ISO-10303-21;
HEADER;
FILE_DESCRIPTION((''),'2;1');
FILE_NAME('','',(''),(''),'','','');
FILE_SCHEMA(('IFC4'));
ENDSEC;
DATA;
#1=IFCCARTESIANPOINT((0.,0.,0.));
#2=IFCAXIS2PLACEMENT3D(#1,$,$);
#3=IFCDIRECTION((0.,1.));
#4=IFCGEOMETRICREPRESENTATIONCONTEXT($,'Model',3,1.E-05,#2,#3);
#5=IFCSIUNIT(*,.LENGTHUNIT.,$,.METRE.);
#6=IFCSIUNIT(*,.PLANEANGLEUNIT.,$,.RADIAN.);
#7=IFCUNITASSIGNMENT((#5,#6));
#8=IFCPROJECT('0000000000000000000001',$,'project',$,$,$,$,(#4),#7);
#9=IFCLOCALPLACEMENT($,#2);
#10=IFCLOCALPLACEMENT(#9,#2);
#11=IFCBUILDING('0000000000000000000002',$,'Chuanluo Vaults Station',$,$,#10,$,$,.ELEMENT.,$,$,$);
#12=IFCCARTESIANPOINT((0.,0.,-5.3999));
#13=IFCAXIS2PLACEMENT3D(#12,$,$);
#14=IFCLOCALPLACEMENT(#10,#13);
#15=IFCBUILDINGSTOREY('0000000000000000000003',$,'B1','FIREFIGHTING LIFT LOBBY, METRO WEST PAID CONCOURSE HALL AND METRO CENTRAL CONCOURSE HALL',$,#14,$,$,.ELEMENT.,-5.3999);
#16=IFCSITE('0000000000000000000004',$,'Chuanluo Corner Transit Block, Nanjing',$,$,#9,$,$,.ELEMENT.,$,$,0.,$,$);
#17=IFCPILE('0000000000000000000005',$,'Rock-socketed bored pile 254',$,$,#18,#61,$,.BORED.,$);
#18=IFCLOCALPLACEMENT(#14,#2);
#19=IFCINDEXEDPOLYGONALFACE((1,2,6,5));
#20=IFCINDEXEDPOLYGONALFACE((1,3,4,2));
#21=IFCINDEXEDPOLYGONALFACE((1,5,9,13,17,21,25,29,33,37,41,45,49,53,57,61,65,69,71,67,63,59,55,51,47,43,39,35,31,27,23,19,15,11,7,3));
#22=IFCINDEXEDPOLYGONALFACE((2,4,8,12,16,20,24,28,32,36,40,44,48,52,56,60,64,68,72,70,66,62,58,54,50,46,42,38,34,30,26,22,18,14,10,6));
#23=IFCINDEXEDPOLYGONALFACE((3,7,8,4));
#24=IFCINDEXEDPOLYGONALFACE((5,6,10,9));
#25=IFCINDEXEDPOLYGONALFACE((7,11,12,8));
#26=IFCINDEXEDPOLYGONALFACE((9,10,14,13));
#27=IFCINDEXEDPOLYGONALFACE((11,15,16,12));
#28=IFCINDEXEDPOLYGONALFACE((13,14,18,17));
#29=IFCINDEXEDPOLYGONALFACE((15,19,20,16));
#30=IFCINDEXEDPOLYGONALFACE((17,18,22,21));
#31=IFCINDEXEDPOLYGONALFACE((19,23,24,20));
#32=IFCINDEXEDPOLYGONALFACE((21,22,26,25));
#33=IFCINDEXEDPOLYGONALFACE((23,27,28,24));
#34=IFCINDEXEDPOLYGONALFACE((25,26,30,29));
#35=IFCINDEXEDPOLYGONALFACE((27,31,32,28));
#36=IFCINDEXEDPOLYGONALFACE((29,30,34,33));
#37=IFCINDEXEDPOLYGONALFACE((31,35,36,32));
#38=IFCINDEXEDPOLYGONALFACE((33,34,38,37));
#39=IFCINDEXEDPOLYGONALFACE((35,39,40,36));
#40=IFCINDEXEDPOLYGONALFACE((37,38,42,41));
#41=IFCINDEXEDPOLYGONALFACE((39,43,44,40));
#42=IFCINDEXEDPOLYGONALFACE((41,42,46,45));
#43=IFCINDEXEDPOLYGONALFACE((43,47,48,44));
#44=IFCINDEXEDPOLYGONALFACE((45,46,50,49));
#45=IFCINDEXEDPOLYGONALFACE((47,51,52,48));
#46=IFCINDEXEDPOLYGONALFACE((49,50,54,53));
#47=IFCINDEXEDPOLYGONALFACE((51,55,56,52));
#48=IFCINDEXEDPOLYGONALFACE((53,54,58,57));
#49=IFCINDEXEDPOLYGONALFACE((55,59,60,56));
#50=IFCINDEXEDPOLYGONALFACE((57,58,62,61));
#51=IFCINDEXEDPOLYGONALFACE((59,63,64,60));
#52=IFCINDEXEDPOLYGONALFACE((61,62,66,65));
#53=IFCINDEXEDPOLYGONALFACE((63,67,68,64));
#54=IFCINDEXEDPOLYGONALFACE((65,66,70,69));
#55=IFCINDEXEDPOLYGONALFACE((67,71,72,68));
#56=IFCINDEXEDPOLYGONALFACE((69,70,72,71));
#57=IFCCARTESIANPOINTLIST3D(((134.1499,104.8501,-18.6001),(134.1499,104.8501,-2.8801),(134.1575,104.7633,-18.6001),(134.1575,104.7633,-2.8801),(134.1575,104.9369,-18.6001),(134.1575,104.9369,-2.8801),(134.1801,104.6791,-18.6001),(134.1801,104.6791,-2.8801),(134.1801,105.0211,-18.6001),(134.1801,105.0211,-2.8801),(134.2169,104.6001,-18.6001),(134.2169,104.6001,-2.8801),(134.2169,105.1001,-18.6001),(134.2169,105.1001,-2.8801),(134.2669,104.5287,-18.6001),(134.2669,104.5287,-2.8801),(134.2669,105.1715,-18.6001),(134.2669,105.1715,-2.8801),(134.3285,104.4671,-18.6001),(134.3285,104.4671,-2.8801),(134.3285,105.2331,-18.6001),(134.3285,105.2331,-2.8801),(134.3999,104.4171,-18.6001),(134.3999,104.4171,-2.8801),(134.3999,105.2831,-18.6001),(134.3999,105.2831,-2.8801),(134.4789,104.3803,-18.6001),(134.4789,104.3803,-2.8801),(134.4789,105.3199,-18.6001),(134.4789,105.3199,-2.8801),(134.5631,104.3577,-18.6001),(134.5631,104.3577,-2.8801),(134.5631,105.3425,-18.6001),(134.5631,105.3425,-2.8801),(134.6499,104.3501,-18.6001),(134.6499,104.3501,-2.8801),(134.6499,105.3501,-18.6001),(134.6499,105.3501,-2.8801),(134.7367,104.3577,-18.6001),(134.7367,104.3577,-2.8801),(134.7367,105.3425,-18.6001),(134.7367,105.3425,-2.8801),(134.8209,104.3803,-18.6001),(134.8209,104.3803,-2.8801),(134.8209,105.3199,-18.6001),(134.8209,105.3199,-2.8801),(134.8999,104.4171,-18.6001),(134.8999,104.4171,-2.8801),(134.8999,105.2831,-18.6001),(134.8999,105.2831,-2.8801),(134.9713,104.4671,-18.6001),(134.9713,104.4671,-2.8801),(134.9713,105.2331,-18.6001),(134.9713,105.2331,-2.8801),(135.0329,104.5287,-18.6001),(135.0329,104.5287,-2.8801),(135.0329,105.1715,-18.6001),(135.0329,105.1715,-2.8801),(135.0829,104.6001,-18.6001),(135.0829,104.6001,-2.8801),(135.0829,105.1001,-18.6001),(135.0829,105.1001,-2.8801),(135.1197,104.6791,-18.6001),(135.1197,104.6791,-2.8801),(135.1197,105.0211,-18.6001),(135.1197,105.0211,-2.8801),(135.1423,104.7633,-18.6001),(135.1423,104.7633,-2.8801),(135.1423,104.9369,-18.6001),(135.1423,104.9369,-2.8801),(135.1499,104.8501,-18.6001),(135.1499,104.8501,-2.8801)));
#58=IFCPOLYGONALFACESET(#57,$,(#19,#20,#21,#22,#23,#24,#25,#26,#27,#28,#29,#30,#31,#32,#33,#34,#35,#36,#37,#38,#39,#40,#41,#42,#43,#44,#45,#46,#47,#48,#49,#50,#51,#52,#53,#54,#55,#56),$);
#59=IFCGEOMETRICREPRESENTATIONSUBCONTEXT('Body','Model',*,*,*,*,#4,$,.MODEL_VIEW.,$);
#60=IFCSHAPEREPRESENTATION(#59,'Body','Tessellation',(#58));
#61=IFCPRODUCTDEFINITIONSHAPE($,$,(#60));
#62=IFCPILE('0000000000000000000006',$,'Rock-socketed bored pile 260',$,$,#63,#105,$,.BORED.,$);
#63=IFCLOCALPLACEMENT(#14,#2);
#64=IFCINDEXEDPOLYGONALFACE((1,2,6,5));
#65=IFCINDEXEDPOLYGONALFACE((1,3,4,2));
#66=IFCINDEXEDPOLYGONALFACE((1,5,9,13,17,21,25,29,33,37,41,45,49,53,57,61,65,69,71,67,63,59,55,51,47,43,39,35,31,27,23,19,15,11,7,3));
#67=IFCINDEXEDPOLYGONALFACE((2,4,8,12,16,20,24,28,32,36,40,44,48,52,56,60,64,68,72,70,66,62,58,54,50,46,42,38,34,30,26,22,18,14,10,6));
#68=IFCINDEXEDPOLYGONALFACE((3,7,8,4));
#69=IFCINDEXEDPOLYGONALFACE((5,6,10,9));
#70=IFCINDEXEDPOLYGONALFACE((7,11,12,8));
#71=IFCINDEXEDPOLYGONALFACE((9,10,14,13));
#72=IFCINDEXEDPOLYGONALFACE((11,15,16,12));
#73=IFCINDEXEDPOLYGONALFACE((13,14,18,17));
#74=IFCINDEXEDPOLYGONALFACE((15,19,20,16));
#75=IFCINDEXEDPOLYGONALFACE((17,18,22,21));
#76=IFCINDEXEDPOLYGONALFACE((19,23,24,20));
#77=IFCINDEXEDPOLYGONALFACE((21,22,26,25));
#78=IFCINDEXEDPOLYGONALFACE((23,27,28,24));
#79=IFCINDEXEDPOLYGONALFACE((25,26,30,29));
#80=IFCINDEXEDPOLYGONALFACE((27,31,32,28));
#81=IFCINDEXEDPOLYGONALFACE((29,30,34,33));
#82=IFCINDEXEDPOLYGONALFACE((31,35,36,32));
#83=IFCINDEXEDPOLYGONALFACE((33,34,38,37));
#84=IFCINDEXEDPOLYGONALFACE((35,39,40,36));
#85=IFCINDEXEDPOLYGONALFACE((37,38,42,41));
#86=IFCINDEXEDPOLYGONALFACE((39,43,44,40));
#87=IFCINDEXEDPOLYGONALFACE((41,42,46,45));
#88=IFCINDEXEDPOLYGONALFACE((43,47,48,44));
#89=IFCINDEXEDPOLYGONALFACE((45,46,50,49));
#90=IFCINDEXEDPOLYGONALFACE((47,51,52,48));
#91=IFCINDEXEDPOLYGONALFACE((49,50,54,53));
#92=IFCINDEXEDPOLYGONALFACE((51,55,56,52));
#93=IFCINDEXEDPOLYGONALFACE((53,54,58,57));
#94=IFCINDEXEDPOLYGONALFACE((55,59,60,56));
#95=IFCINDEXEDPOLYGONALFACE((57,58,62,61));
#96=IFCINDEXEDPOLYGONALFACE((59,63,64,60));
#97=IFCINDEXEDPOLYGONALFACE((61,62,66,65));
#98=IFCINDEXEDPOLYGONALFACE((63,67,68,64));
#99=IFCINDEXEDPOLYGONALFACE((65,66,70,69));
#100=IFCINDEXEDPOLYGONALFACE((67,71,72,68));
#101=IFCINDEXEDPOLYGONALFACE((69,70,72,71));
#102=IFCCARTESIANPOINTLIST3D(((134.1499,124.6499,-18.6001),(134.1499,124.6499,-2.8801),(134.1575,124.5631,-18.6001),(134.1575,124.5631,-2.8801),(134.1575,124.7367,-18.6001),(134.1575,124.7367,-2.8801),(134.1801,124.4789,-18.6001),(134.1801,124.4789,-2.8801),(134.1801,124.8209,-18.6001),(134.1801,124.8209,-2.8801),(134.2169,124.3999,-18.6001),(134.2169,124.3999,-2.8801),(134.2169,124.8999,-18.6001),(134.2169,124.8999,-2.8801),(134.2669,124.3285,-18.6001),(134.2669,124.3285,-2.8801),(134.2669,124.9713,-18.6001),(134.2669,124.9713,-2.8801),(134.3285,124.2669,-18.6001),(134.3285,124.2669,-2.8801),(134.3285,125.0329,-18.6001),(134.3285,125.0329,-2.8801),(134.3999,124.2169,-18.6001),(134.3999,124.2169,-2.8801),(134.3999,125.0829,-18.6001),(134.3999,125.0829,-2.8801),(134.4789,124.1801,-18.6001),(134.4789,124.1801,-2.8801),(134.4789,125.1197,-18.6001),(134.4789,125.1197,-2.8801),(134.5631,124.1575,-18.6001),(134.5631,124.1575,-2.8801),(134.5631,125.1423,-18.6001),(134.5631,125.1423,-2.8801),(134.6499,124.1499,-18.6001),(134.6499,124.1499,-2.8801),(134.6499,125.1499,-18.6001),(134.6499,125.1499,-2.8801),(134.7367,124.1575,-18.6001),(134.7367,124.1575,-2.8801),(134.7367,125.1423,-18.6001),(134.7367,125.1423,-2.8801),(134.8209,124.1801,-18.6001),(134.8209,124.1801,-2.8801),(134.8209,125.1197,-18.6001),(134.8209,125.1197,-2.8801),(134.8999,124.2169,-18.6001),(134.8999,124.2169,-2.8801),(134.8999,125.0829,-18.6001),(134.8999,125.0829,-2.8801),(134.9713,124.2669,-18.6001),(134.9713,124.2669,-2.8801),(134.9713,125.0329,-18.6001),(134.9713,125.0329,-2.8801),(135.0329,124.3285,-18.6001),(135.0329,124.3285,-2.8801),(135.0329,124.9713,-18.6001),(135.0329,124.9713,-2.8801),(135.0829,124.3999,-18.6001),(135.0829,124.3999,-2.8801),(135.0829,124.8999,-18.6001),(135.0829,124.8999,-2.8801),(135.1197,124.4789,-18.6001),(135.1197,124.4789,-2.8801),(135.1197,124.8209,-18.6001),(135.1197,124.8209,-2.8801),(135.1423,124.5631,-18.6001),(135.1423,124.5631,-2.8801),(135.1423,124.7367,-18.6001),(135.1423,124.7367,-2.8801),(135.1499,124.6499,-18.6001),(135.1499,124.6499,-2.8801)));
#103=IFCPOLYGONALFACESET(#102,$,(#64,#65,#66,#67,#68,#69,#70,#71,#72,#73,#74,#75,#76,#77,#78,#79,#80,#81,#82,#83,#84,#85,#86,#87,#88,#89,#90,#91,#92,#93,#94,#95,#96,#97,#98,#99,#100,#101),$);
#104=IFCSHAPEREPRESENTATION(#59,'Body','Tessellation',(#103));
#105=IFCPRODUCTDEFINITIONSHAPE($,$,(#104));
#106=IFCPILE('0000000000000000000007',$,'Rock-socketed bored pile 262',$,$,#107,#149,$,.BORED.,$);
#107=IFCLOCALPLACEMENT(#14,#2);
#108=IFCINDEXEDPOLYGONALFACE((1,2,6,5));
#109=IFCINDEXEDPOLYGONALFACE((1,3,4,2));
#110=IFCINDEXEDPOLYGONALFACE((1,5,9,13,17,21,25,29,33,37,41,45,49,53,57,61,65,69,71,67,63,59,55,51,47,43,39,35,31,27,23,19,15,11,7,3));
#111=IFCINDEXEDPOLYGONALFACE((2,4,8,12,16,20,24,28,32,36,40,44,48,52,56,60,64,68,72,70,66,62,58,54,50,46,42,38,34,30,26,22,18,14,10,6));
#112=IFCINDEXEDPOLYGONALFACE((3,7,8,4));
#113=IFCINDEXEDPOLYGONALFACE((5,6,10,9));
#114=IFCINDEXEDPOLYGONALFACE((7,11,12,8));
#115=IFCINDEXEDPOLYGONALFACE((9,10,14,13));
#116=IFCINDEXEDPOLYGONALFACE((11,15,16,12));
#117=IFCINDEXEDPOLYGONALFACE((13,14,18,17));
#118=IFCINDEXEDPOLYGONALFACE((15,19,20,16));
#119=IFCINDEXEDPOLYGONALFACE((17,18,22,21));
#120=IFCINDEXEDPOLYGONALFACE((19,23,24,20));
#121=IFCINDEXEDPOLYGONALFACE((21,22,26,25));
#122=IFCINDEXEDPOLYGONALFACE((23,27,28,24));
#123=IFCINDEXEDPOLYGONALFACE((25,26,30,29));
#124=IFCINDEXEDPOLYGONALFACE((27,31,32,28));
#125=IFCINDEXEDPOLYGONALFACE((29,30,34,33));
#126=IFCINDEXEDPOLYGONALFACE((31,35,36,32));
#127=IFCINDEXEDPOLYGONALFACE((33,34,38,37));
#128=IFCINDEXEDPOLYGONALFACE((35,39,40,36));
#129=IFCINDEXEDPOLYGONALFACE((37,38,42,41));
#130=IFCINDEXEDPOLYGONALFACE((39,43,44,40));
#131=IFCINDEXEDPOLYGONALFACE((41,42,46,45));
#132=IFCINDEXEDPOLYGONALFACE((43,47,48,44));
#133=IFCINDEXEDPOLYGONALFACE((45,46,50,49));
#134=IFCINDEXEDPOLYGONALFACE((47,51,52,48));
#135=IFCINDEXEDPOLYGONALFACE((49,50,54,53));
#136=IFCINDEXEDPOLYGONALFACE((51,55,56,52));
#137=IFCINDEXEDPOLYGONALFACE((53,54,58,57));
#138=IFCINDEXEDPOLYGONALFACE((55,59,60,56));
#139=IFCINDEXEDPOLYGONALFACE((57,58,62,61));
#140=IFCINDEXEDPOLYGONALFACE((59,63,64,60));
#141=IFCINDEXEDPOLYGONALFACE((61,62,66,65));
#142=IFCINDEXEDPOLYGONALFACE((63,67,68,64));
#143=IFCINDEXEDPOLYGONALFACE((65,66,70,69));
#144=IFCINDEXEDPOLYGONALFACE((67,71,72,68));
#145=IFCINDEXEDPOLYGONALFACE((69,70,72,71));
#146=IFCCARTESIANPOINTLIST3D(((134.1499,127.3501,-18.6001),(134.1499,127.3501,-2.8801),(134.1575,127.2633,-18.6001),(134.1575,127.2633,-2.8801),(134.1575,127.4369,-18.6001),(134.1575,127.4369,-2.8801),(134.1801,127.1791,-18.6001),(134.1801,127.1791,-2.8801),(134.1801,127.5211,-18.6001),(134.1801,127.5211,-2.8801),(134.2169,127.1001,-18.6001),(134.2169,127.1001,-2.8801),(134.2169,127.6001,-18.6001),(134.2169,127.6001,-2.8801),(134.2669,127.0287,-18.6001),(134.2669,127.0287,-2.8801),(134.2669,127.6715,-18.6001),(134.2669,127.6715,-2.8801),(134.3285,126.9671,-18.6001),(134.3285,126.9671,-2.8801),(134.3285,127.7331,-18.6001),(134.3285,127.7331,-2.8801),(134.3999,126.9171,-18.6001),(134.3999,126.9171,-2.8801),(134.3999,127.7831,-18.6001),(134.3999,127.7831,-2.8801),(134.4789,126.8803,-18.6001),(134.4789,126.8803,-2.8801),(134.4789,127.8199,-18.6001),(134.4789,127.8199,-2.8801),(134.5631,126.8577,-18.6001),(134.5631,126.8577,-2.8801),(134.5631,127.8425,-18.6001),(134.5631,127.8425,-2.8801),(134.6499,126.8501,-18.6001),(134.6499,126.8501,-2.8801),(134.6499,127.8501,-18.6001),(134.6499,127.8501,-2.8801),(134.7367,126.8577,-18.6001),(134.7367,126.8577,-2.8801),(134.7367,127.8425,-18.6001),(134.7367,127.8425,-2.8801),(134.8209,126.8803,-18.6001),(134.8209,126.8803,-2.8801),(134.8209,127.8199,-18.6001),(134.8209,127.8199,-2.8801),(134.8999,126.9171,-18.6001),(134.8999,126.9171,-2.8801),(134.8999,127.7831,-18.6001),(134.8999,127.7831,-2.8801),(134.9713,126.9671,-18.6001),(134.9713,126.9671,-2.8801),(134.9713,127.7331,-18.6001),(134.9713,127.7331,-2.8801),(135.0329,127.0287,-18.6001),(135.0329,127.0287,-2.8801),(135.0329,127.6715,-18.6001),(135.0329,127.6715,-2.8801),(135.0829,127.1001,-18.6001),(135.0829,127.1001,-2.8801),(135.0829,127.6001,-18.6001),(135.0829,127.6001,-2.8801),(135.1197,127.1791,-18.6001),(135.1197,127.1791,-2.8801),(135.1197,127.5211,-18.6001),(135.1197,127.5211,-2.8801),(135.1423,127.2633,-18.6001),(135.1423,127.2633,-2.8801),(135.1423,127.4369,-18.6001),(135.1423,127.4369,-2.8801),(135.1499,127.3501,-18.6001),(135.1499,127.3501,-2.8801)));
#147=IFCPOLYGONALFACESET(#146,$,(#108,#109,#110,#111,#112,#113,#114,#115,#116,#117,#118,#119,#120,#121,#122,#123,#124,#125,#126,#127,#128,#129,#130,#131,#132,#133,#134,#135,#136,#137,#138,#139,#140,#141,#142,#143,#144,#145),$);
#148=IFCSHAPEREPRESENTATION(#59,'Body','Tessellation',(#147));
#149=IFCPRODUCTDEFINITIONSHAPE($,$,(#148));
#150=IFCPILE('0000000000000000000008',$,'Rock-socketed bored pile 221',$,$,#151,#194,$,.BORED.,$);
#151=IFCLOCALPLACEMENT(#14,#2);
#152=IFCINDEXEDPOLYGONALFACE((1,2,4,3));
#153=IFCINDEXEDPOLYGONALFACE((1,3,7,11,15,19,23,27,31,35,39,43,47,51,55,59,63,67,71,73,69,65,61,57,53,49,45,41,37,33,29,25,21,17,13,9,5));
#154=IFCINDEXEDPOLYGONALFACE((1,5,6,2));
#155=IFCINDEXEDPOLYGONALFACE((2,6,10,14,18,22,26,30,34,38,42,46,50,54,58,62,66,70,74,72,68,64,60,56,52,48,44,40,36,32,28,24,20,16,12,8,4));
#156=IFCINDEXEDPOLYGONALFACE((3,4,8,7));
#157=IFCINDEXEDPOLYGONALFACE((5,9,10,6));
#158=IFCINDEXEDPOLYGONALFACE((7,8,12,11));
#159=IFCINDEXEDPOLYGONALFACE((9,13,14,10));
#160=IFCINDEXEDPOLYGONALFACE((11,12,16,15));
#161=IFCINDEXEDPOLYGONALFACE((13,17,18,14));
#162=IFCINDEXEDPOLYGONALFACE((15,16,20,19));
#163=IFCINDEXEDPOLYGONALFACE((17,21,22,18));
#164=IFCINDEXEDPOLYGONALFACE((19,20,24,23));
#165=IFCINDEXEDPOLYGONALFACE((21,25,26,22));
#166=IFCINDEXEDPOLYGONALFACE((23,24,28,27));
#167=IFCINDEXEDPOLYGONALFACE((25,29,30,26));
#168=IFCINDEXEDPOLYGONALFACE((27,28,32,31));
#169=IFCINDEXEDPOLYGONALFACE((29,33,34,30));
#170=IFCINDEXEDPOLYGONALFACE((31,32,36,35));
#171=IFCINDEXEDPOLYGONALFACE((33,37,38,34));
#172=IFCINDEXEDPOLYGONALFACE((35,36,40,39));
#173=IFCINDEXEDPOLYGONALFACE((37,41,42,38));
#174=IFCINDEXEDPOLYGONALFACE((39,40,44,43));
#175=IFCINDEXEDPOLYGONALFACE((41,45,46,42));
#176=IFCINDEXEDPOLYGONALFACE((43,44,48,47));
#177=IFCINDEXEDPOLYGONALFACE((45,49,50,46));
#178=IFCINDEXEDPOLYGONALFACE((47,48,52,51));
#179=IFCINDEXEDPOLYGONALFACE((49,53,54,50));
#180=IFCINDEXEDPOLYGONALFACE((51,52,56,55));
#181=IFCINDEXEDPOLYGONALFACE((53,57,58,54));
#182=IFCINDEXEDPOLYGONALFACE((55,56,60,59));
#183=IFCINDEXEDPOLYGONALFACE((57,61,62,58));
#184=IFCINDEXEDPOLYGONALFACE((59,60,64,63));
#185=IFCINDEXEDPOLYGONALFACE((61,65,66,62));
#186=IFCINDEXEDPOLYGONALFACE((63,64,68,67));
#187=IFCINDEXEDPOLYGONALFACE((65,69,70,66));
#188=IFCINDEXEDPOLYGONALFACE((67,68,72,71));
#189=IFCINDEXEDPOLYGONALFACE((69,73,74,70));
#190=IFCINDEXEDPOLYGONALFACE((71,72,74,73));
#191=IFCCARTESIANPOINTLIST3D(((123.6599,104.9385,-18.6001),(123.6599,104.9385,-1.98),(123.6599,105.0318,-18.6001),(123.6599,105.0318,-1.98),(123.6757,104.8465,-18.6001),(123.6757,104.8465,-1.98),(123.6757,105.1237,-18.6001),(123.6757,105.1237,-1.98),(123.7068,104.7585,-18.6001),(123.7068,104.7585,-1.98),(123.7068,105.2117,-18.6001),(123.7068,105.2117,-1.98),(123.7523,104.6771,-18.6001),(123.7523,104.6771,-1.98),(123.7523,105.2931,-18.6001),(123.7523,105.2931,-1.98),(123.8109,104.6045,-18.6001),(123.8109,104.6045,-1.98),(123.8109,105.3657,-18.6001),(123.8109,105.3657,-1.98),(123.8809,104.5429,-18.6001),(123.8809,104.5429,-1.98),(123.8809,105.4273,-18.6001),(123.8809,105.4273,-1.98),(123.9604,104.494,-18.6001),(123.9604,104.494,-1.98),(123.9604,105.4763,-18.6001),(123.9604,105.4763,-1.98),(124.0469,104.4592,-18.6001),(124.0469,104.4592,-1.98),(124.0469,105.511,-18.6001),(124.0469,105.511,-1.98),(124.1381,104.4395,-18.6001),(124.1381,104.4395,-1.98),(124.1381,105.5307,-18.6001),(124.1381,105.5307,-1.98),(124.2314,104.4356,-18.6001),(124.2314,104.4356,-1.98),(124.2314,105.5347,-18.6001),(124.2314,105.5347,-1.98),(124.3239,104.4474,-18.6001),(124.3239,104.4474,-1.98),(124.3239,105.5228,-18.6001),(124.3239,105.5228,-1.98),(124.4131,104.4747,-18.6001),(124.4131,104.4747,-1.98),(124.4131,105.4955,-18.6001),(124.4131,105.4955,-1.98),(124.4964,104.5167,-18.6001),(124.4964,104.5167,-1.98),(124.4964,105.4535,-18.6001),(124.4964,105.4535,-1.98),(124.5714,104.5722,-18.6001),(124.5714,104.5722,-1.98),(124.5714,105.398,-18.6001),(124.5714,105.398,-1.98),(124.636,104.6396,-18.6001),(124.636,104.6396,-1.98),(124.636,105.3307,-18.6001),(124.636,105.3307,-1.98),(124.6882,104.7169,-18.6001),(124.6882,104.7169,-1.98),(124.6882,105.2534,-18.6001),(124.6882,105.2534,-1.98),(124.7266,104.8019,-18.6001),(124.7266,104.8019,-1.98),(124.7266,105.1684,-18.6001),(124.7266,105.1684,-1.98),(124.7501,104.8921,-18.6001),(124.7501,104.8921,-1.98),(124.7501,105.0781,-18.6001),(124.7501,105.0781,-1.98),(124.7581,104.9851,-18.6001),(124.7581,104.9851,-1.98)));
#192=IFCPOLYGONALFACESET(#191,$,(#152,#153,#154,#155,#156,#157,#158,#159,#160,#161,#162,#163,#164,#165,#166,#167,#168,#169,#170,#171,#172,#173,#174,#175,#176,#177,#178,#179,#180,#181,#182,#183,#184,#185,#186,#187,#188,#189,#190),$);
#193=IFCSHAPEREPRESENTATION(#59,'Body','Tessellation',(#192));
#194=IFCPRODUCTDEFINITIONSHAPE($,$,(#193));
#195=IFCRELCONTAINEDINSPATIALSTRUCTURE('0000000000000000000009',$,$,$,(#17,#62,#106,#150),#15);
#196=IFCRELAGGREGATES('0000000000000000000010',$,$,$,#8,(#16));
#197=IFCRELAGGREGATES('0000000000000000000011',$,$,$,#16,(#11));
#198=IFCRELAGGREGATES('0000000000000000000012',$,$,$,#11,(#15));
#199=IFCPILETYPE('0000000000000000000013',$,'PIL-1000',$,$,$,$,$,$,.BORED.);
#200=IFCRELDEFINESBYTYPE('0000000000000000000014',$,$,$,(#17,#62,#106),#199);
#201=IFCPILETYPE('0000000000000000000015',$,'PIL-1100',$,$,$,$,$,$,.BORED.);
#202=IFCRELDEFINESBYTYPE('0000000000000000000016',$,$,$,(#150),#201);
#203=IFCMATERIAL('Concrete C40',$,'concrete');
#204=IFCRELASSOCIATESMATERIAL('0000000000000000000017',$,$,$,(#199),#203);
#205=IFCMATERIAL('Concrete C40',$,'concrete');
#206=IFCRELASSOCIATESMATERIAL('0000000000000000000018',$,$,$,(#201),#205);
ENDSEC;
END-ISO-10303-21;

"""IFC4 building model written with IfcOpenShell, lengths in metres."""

from ifc_helpers import new_model, si_unit, direction, frame, origin, origin_2d, place, context, subcontext, project, spatial, circle, extrude, material, material_profile, profile_set, type_object, element, save


model = new_model("IFC4")

# Units and contexts
model_context = context("Model", 3, precision=1e-05, world=origin(), true_north=direction((0.0, 1.0)))
body_context = subcontext(model_context, "Body", "Model", "MODEL_VIEW")
ifc_project = project(units=[si_unit("LENGTHUNIT", "METRE"), si_unit("PLANEANGLEUNIT", "RADIAN")], contexts=[model_context])

# Site, building, storey
site_placement = place(None, origin())
site = spatial("IfcSite", under=ifc_project, at=site_placement, Name="Chuanluo Corner Transit Block, Nanjing", CompositionType="ELEMENT", RefElevation=0.0)
building_placement = place(site_placement, origin())
building = spatial("IfcBuilding", under=site, at=building_placement, Name="Chuanluo Vaults Station", CompositionType="ELEMENT")
storey_placement = place(building_placement, frame((0.0, 0.0, -5.3999)))
storey = spatial("IfcBuildingStorey", under=building, at=storey_placement, Name="B1", Description="FIREFIGHTING LIFT LOBBY, METRO WEST PAID CONCOURSE HALL AND METRO CENTRAL CONCOURSE HALL", CompositionType="ELEMENT", Elevation=-5.3999)

# Piles
ifc_material_1 = material(Name="Concrete C40", Category="concrete")
ifc_material_profile_1 = material_profile(ifc_material_1, circle(Radius=0.5, at=origin_2d()))
ifc_profile_set_1 = profile_set([ifc_material_profile_1], Name="Concrete C40")
pile_type_1 = type_object("IfcPileType", Name="PIL-1000", PredefinedType="BORED", material=ifc_profile_set_1)
for number, where, z_axis, x_axis, name in (
    (1, (134.6499, 104.8501, -2.8801), (0.0, 0.0, -1.0), (1.0, 0.0, 0.0), "Rock-socketed bored pile 254"),
    (2, (134.6499, 124.6499, -2.8801), (0.0, 0.0, -1.0), (1.0, 0.0, 0.0), "Rock-socketed bored pile 260"),
    (3, (134.6499, 127.3501, -2.8801), (0.0, 0.0, -1.0), (1.0, 0.0, 0.0), "Rock-socketed bored pile 262"),
):
    element("IfcPile", number, at=place(storey_placement, frame(where, z_axis=z_axis, x_axis=x_axis)), inside=storey, type_object=pile_type_1, Name=name, PredefinedType="BORED", context=body_context, shape_type="SweptSolid", body=[
        extrude(circle(Radius=0.5, at=origin_2d()), origin(), (0.0, 0.0, 1.0), 15.72),
    ])
ifc_material_2 = material(Name="Concrete C40", Category="concrete")
ifc_material_profile_2 = material_profile(ifc_material_2, circle(Radius=0.55, at=origin_2d()))
ifc_profile_set_2 = profile_set([ifc_material_profile_2], Name="Concrete C40")
pile_type_2 = type_object("IfcPileType", Name="PIL-1100", PredefinedType="BORED", material=ifc_profile_set_2)
for number, where, z_axis, x_axis, name in (
    (4, (124.208, 104.9851, -1.98), (0.0, 0.0, -1.0), (1.0, 0.0, 0.0), "Rock-socketed bored pile 221"),
):
    element("IfcPile", number, at=place(storey_placement, frame(where, z_axis=z_axis, x_axis=x_axis)), inside=storey, type_object=pile_type_2, Name=name, PredefinedType="BORED", context=body_context, shape_type="SweptSolid", body=[
        extrude(circle(Radius=0.55, at=origin_2d()), origin(), (0.0, 0.0, 1.0), 16.6201),
    ])

save(model, "model.ifc")
